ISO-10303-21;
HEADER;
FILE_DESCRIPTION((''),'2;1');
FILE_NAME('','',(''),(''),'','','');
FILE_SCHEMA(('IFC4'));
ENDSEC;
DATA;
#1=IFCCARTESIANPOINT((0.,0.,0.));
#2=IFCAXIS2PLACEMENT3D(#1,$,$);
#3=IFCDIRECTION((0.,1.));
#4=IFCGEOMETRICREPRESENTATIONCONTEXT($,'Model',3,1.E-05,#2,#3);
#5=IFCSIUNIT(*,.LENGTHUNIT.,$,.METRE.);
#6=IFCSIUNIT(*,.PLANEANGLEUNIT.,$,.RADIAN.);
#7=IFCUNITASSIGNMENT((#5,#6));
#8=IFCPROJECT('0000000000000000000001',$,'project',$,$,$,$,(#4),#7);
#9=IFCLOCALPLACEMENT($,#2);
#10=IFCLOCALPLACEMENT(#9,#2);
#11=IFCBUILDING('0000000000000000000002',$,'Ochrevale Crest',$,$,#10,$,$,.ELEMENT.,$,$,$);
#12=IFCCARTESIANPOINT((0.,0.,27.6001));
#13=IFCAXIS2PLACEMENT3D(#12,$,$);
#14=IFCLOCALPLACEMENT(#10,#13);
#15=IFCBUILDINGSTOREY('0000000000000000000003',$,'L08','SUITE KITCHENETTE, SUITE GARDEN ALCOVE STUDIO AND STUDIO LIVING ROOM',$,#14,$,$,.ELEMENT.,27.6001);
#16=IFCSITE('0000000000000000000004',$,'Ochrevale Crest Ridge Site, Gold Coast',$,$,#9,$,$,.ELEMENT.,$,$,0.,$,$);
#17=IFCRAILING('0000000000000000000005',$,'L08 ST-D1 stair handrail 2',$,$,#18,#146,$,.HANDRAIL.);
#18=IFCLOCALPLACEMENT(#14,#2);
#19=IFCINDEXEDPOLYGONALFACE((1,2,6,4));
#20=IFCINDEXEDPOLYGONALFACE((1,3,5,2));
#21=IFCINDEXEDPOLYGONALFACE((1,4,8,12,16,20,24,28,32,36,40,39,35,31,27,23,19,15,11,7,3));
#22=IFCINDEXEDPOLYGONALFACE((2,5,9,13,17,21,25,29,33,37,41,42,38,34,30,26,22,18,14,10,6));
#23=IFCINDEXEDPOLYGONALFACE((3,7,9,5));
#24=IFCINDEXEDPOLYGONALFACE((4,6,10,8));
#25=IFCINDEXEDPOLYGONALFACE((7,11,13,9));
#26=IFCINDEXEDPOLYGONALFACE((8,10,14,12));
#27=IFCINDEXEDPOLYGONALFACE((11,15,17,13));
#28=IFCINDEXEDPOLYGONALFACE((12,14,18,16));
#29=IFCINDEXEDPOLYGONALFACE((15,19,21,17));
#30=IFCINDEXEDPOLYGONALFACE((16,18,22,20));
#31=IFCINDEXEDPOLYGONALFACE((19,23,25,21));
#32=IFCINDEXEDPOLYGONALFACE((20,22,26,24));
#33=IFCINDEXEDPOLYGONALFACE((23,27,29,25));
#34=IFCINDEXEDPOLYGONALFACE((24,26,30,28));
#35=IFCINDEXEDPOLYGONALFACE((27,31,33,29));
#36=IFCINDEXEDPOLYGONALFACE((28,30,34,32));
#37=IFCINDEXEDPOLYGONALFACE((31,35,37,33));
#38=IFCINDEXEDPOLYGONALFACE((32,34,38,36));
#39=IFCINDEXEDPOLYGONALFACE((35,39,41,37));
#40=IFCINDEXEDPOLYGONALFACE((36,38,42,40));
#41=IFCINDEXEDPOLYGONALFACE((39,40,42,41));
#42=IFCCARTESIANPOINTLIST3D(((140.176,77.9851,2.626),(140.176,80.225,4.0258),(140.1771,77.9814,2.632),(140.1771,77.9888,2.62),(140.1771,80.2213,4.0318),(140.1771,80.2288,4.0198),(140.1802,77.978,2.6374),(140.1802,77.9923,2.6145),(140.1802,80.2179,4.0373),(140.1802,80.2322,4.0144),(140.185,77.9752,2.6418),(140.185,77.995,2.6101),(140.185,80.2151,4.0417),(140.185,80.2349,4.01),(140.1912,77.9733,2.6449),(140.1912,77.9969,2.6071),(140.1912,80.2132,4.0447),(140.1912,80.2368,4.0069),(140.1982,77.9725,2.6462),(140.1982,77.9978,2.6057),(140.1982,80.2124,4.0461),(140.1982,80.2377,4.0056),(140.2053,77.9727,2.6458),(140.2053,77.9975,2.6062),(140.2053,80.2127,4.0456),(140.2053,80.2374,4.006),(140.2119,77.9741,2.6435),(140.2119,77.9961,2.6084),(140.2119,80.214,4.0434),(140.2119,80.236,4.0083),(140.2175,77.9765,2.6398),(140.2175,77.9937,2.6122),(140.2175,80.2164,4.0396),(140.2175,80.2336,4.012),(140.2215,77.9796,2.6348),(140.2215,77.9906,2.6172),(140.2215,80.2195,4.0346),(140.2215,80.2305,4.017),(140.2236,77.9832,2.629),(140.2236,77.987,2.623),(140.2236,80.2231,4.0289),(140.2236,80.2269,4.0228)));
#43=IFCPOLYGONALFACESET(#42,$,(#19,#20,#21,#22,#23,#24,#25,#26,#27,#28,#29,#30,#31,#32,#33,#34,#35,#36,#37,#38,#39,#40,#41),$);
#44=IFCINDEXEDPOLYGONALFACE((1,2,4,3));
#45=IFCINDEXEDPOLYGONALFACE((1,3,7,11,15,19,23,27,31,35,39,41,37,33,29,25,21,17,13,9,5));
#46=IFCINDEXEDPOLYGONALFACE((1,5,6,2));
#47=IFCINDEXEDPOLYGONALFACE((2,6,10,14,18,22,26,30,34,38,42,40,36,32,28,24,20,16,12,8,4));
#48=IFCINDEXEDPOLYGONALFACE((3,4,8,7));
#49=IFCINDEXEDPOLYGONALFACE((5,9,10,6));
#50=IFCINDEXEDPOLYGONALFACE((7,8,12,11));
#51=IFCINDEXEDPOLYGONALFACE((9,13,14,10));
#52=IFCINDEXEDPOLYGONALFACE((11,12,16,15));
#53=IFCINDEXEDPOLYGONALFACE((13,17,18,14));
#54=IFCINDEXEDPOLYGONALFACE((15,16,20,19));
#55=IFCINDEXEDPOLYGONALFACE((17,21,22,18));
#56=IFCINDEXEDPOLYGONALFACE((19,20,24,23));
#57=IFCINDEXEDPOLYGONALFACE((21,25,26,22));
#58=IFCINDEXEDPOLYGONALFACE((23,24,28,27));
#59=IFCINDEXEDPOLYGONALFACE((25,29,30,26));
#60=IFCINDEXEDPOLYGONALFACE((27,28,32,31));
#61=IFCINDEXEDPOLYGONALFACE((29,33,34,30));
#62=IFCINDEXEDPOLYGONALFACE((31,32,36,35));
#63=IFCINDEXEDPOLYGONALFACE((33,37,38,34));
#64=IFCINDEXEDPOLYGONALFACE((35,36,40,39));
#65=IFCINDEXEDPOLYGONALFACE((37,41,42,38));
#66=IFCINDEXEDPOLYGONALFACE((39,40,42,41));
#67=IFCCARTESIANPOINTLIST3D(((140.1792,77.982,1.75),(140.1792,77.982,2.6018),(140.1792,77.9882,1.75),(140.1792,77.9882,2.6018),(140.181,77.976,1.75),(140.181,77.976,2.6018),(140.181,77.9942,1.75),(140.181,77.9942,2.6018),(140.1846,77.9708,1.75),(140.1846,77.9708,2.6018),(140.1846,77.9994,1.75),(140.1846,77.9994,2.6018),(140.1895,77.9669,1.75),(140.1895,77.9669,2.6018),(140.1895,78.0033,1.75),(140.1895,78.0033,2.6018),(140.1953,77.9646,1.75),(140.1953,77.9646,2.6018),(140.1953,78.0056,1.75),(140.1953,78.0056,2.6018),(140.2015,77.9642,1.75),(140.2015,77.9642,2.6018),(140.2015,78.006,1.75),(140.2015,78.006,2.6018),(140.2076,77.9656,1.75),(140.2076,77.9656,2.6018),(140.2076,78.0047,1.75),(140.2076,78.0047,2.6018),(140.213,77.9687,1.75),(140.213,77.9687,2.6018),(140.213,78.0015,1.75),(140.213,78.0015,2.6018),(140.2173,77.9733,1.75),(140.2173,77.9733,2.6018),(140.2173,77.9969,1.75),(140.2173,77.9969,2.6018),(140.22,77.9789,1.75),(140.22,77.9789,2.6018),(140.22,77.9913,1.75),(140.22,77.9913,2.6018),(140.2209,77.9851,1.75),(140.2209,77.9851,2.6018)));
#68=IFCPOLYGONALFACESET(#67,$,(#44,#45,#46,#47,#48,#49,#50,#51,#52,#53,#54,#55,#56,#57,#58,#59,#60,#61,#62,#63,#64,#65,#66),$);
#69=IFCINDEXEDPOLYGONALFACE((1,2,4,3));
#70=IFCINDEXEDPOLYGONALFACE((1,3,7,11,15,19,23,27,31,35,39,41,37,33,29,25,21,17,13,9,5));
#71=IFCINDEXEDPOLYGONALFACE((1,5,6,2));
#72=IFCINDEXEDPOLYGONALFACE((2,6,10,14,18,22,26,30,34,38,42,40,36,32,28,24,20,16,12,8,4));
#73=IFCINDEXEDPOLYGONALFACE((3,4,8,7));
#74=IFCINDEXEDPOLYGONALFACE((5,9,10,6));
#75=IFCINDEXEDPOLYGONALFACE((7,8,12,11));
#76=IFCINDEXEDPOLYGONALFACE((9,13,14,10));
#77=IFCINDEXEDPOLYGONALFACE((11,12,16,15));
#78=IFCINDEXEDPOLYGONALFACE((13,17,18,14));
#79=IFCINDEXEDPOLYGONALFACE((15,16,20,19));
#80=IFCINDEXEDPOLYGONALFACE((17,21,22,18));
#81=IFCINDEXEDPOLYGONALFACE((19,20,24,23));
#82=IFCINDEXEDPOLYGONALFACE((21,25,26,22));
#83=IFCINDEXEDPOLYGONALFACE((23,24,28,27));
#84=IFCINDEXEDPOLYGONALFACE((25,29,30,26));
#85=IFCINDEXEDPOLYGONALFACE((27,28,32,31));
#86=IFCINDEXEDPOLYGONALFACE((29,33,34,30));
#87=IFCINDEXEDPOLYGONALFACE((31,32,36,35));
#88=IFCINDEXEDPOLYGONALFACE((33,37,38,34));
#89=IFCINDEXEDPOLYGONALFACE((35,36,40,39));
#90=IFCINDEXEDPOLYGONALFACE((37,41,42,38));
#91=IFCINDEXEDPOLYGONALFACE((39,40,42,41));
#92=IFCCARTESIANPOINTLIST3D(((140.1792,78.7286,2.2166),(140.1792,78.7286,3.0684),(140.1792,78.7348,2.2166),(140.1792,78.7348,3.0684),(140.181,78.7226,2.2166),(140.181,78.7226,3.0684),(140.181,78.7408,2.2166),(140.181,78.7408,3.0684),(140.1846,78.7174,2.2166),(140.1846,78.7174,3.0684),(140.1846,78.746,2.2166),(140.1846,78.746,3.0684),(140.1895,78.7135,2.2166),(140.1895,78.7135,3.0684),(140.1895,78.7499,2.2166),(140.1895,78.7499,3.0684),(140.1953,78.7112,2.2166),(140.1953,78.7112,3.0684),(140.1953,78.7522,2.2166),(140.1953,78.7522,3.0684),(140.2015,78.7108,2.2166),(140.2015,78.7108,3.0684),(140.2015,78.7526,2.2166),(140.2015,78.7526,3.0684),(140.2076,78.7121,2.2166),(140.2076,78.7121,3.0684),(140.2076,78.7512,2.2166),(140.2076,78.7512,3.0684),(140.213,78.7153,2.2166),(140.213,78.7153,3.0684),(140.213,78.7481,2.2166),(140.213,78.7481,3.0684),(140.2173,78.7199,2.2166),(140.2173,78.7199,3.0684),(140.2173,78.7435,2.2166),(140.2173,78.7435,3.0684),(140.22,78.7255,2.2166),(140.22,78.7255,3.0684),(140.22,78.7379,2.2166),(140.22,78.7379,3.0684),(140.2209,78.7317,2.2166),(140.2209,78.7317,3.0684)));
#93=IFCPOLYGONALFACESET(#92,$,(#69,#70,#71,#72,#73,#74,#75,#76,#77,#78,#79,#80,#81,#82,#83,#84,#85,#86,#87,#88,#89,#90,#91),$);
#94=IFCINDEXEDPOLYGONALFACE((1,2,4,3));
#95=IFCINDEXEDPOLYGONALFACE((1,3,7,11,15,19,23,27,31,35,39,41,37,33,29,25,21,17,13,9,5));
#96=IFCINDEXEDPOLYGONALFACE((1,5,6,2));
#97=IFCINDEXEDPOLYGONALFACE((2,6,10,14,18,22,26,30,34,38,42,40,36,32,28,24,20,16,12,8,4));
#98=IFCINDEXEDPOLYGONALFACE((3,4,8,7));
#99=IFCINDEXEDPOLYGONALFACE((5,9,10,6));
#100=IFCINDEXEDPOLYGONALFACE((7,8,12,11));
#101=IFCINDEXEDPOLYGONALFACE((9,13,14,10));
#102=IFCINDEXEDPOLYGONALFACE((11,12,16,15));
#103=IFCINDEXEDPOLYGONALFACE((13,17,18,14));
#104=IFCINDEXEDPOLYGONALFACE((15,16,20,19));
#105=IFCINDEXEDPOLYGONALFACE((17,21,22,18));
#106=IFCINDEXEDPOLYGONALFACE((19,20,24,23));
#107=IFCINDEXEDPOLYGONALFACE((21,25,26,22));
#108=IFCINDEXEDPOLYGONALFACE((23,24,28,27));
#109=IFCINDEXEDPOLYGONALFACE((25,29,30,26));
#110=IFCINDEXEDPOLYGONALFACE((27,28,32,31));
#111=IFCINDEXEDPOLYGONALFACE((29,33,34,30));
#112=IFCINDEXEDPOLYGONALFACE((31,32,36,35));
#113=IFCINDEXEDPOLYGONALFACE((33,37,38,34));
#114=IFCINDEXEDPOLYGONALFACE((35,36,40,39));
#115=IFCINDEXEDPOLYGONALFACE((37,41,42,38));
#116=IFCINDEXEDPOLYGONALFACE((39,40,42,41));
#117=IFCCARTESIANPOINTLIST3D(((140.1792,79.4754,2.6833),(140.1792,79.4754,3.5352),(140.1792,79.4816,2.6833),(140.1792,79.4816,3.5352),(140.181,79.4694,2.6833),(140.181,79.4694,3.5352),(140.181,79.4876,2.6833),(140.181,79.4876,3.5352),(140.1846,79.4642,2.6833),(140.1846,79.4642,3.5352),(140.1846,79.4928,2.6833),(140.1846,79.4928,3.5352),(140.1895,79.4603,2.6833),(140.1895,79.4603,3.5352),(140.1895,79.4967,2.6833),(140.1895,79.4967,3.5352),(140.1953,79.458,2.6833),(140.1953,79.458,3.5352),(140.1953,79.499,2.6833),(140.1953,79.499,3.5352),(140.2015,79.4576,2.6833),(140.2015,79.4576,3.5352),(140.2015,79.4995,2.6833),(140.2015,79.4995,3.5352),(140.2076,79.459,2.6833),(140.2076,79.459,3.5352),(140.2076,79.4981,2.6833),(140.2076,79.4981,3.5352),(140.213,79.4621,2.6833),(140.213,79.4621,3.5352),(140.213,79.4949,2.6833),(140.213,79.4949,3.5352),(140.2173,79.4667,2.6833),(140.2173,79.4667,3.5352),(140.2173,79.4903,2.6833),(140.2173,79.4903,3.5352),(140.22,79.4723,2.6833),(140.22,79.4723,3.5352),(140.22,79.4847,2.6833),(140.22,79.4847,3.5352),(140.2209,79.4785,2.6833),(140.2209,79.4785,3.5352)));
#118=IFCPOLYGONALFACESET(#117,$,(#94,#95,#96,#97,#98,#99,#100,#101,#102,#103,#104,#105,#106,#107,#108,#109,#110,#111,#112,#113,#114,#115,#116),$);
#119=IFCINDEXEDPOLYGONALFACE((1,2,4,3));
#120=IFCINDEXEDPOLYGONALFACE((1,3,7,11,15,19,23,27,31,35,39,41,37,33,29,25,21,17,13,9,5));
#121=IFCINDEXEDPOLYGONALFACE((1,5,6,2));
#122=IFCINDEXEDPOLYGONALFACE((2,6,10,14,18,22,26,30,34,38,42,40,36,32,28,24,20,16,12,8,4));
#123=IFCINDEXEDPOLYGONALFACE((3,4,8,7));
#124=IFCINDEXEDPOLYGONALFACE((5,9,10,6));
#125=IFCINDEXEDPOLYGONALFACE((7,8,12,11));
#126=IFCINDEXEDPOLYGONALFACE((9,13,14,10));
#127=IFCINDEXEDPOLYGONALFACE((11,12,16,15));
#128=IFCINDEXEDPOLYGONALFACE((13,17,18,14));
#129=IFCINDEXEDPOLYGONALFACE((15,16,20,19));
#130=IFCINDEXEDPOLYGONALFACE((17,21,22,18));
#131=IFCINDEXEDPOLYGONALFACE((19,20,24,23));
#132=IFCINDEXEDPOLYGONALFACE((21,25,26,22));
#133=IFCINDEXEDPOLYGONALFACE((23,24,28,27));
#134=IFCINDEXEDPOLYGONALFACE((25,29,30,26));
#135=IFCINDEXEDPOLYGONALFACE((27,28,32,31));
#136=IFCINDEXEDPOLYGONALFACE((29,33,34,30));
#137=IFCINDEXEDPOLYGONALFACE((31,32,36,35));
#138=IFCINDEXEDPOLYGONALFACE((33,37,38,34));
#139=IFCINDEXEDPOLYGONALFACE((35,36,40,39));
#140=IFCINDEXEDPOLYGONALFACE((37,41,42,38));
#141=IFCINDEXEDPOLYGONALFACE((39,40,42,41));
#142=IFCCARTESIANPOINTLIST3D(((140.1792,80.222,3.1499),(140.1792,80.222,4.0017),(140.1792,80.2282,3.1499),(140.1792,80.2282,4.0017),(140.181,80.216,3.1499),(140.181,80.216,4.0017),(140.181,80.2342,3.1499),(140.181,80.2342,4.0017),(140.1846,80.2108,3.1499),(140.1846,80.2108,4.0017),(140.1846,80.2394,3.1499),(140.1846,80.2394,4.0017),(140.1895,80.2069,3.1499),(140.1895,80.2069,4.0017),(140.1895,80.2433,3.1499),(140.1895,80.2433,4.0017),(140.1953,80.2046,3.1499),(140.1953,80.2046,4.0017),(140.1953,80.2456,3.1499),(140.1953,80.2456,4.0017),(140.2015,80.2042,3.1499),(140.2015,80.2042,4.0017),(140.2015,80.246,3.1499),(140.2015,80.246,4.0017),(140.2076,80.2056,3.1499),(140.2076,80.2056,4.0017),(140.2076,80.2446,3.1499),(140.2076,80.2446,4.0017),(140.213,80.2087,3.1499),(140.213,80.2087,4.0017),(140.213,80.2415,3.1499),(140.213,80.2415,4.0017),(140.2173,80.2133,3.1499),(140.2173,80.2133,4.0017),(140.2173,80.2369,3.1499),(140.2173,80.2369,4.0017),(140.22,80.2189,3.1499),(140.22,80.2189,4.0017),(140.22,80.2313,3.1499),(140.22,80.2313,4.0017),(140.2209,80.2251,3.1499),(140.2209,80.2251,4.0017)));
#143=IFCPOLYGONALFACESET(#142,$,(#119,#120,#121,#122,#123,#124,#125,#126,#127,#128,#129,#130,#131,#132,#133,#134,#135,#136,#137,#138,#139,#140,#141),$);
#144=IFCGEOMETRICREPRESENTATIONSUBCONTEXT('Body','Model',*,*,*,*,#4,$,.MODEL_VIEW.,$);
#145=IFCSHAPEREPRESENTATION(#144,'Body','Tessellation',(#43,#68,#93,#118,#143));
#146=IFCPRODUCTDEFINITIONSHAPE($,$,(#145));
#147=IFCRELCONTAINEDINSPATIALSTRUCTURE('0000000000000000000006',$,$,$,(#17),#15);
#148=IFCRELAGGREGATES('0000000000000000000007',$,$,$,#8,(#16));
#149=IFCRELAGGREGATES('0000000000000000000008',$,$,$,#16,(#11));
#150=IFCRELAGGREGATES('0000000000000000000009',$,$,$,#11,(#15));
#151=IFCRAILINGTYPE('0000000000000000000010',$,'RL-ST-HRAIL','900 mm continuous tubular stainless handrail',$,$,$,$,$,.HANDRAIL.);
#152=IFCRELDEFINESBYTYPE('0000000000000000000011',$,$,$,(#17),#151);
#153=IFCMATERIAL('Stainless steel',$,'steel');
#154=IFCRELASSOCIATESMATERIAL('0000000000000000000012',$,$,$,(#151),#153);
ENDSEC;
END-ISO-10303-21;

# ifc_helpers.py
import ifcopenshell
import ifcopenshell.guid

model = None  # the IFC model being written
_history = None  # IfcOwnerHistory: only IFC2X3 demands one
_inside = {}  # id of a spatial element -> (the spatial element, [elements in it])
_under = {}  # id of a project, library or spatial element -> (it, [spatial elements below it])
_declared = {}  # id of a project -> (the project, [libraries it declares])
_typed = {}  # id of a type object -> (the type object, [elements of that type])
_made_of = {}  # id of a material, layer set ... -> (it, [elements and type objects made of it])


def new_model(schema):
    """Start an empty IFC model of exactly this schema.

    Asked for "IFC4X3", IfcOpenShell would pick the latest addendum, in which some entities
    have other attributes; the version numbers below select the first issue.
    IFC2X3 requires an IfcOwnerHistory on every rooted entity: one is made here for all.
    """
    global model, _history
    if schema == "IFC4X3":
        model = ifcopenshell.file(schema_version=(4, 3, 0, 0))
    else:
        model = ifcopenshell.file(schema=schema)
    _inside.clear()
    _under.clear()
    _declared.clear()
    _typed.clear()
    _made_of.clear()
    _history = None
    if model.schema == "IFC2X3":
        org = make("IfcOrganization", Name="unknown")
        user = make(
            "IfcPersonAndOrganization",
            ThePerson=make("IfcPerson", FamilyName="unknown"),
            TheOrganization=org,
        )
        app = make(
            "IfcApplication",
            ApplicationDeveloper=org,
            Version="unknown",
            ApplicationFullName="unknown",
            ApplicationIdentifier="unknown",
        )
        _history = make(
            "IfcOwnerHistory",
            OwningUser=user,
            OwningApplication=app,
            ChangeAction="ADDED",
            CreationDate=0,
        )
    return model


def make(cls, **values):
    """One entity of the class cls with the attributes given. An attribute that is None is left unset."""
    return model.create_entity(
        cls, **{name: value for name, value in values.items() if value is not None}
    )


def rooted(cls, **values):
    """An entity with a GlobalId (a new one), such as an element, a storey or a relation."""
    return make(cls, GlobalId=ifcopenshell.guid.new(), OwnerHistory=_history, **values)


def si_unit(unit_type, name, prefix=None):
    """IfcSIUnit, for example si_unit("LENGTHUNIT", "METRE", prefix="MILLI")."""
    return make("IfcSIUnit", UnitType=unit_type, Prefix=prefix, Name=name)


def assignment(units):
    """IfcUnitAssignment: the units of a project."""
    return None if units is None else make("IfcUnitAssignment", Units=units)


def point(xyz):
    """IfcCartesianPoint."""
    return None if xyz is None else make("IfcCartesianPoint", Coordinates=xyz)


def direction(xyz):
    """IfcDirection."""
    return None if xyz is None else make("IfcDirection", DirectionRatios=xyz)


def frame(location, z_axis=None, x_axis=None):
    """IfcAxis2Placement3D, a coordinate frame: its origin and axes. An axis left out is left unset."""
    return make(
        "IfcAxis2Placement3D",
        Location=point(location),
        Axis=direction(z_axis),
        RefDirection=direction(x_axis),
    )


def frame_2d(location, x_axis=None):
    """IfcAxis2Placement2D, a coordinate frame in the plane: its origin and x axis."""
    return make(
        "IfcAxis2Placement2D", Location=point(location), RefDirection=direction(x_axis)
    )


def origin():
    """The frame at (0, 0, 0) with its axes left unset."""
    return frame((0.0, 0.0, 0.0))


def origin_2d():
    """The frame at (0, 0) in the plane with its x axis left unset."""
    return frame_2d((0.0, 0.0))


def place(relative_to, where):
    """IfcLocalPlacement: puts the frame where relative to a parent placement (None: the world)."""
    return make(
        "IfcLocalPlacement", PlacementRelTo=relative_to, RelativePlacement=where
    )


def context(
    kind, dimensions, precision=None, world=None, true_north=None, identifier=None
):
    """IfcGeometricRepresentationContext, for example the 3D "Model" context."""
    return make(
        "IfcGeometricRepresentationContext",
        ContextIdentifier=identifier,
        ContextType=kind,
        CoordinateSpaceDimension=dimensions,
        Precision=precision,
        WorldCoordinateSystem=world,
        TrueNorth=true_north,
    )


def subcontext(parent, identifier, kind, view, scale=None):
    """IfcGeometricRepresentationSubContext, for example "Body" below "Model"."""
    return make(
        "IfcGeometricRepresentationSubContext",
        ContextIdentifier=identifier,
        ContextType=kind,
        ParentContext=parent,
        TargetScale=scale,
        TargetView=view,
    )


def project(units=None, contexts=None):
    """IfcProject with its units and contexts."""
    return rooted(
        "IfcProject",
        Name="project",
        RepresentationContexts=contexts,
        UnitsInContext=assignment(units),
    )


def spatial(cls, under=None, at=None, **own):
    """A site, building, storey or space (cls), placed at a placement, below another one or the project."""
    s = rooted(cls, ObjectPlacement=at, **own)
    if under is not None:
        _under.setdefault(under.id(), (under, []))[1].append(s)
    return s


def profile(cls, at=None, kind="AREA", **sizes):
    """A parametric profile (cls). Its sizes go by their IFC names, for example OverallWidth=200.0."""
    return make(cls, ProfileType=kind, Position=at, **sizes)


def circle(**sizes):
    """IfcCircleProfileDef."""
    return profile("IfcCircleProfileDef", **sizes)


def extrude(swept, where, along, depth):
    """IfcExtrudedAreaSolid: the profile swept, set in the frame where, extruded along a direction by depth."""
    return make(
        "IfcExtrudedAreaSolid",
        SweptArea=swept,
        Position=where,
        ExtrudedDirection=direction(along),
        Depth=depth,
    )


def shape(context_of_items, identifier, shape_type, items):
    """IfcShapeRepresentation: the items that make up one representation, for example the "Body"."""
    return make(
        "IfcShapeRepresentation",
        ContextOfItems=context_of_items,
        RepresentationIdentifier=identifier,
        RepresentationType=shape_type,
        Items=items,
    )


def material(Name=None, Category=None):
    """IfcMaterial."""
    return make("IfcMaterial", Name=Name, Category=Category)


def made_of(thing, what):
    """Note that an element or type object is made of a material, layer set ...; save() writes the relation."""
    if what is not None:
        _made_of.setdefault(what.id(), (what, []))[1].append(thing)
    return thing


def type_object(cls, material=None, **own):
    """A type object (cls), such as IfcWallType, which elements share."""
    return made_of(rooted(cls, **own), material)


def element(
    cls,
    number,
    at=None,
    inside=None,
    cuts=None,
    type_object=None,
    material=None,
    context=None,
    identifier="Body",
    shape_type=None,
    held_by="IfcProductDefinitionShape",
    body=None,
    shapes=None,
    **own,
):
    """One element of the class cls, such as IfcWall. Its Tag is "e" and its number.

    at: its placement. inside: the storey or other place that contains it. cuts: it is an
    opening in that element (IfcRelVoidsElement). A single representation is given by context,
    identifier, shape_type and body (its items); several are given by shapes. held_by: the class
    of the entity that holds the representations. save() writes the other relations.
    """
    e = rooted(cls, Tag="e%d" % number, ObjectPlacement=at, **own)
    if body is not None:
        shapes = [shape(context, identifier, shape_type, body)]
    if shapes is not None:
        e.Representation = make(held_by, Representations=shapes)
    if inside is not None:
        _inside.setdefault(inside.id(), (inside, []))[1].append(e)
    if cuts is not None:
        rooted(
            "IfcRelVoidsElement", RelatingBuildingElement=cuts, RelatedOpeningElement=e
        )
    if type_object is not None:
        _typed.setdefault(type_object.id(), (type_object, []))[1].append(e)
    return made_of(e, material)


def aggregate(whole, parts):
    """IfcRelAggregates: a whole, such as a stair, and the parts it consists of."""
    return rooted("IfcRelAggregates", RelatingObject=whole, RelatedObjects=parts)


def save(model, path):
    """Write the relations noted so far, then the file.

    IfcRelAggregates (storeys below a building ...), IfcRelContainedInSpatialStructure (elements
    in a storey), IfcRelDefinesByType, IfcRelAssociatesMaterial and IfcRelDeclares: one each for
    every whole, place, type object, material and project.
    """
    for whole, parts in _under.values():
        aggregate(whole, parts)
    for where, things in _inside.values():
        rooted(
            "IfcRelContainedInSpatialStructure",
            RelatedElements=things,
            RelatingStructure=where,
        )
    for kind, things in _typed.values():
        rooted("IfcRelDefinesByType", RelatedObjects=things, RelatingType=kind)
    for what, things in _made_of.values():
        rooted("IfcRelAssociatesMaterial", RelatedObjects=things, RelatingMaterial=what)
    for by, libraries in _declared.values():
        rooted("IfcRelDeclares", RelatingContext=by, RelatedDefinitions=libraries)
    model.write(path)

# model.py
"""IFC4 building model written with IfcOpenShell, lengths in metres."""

from ifc_helpers import new_model, si_unit, direction, frame, origin, origin_2d, place, context, subcontext, project, spatial, circle, extrude, material, type_object, element, save


model = new_model("IFC4")

# Units and contexts
model_context = context("Model", 3, precision=1e-05, world=origin(), true_north=direction((0.0, 1.0)))
body_context = subcontext(model_context, "Body", "Model", "MODEL_VIEW")
ifc_project = project(units=[si_unit("LENGTHUNIT", "METRE"), si_unit("PLANEANGLEUNIT", "RADIAN")], contexts=[model_context])

# Site, building, storey
site_placement = place(None, origin())
site = spatial("IfcSite", under=ifc_project, at=site_placement, Name="Ochrevale Crest Ridge Site, Gold Coast", CompositionType="ELEMENT", RefElevation=0.0)
building_placement = place(site_placement, origin())
building = spatial("IfcBuilding", under=site, at=building_placement, Name="Ochrevale Crest", CompositionType="ELEMENT")
storey_placement = place(building_placement, frame((0.0, 0.0, 27.6001)))
storey = spatial("IfcBuildingStorey", under=building, at=storey_placement, Name="L08", Description="SUITE KITCHENETTE, SUITE GARDEN ALCOVE STUDIO AND STUDIO LIVING ROOM", CompositionType="ELEMENT", Elevation=27.6001)

# Railing
ifc_material_1 = material(Name="Stainless steel", Category="steel")
railing_type_1 = type_object("IfcRailingType", Name="RL-ST-HRAIL", Description="900 mm continuous tubular stainless handrail", PredefinedType="HANDRAIL", material=ifc_material_1)
railing_1_placement = place(storey_placement, frame((140.2, 77.9851, 1.75)))
element("IfcRailing", 1, at=railing_1_placement, inside=storey, type_object=railing_type_1, Name="L08 ST-D1 stair handrail 2", PredefinedType="HANDRAIL", context=body_context, shape_type="SweptSolid", body=[
    extrude(circle(Radius=0.0239, at=origin_2d()), frame((0.0, 0.0, 0.876), z_axis=(0.0, 0.848014, 0.529974), x_axis=(-1.0, 0.0, 0.0)), (0.0, 0.0, 1.0), 2.6414),
    extrude(circle(Radius=0.021, at=origin_2d()), origin(), (0.0, 0.0, 1.0), 0.8518),
    extrude(circle(Radius=0.021, at=origin_2d()), frame((0.0, 0.7466, 0.4666)), (0.0, 0.0, 1.0), 0.8518),
    extrude(circle(Radius=0.021, at=origin_2d()), frame((0.0, 1.4934, 0.9333)), (0.0, 0.0, 1.0), 0.8518),
    extrude(circle(Radius=0.021, at=origin_2d()), frame((0.0, 2.24, 1.3999)), (0.0, 0.0, 1.0), 0.8518),
])

save(model, "model.ifc")
